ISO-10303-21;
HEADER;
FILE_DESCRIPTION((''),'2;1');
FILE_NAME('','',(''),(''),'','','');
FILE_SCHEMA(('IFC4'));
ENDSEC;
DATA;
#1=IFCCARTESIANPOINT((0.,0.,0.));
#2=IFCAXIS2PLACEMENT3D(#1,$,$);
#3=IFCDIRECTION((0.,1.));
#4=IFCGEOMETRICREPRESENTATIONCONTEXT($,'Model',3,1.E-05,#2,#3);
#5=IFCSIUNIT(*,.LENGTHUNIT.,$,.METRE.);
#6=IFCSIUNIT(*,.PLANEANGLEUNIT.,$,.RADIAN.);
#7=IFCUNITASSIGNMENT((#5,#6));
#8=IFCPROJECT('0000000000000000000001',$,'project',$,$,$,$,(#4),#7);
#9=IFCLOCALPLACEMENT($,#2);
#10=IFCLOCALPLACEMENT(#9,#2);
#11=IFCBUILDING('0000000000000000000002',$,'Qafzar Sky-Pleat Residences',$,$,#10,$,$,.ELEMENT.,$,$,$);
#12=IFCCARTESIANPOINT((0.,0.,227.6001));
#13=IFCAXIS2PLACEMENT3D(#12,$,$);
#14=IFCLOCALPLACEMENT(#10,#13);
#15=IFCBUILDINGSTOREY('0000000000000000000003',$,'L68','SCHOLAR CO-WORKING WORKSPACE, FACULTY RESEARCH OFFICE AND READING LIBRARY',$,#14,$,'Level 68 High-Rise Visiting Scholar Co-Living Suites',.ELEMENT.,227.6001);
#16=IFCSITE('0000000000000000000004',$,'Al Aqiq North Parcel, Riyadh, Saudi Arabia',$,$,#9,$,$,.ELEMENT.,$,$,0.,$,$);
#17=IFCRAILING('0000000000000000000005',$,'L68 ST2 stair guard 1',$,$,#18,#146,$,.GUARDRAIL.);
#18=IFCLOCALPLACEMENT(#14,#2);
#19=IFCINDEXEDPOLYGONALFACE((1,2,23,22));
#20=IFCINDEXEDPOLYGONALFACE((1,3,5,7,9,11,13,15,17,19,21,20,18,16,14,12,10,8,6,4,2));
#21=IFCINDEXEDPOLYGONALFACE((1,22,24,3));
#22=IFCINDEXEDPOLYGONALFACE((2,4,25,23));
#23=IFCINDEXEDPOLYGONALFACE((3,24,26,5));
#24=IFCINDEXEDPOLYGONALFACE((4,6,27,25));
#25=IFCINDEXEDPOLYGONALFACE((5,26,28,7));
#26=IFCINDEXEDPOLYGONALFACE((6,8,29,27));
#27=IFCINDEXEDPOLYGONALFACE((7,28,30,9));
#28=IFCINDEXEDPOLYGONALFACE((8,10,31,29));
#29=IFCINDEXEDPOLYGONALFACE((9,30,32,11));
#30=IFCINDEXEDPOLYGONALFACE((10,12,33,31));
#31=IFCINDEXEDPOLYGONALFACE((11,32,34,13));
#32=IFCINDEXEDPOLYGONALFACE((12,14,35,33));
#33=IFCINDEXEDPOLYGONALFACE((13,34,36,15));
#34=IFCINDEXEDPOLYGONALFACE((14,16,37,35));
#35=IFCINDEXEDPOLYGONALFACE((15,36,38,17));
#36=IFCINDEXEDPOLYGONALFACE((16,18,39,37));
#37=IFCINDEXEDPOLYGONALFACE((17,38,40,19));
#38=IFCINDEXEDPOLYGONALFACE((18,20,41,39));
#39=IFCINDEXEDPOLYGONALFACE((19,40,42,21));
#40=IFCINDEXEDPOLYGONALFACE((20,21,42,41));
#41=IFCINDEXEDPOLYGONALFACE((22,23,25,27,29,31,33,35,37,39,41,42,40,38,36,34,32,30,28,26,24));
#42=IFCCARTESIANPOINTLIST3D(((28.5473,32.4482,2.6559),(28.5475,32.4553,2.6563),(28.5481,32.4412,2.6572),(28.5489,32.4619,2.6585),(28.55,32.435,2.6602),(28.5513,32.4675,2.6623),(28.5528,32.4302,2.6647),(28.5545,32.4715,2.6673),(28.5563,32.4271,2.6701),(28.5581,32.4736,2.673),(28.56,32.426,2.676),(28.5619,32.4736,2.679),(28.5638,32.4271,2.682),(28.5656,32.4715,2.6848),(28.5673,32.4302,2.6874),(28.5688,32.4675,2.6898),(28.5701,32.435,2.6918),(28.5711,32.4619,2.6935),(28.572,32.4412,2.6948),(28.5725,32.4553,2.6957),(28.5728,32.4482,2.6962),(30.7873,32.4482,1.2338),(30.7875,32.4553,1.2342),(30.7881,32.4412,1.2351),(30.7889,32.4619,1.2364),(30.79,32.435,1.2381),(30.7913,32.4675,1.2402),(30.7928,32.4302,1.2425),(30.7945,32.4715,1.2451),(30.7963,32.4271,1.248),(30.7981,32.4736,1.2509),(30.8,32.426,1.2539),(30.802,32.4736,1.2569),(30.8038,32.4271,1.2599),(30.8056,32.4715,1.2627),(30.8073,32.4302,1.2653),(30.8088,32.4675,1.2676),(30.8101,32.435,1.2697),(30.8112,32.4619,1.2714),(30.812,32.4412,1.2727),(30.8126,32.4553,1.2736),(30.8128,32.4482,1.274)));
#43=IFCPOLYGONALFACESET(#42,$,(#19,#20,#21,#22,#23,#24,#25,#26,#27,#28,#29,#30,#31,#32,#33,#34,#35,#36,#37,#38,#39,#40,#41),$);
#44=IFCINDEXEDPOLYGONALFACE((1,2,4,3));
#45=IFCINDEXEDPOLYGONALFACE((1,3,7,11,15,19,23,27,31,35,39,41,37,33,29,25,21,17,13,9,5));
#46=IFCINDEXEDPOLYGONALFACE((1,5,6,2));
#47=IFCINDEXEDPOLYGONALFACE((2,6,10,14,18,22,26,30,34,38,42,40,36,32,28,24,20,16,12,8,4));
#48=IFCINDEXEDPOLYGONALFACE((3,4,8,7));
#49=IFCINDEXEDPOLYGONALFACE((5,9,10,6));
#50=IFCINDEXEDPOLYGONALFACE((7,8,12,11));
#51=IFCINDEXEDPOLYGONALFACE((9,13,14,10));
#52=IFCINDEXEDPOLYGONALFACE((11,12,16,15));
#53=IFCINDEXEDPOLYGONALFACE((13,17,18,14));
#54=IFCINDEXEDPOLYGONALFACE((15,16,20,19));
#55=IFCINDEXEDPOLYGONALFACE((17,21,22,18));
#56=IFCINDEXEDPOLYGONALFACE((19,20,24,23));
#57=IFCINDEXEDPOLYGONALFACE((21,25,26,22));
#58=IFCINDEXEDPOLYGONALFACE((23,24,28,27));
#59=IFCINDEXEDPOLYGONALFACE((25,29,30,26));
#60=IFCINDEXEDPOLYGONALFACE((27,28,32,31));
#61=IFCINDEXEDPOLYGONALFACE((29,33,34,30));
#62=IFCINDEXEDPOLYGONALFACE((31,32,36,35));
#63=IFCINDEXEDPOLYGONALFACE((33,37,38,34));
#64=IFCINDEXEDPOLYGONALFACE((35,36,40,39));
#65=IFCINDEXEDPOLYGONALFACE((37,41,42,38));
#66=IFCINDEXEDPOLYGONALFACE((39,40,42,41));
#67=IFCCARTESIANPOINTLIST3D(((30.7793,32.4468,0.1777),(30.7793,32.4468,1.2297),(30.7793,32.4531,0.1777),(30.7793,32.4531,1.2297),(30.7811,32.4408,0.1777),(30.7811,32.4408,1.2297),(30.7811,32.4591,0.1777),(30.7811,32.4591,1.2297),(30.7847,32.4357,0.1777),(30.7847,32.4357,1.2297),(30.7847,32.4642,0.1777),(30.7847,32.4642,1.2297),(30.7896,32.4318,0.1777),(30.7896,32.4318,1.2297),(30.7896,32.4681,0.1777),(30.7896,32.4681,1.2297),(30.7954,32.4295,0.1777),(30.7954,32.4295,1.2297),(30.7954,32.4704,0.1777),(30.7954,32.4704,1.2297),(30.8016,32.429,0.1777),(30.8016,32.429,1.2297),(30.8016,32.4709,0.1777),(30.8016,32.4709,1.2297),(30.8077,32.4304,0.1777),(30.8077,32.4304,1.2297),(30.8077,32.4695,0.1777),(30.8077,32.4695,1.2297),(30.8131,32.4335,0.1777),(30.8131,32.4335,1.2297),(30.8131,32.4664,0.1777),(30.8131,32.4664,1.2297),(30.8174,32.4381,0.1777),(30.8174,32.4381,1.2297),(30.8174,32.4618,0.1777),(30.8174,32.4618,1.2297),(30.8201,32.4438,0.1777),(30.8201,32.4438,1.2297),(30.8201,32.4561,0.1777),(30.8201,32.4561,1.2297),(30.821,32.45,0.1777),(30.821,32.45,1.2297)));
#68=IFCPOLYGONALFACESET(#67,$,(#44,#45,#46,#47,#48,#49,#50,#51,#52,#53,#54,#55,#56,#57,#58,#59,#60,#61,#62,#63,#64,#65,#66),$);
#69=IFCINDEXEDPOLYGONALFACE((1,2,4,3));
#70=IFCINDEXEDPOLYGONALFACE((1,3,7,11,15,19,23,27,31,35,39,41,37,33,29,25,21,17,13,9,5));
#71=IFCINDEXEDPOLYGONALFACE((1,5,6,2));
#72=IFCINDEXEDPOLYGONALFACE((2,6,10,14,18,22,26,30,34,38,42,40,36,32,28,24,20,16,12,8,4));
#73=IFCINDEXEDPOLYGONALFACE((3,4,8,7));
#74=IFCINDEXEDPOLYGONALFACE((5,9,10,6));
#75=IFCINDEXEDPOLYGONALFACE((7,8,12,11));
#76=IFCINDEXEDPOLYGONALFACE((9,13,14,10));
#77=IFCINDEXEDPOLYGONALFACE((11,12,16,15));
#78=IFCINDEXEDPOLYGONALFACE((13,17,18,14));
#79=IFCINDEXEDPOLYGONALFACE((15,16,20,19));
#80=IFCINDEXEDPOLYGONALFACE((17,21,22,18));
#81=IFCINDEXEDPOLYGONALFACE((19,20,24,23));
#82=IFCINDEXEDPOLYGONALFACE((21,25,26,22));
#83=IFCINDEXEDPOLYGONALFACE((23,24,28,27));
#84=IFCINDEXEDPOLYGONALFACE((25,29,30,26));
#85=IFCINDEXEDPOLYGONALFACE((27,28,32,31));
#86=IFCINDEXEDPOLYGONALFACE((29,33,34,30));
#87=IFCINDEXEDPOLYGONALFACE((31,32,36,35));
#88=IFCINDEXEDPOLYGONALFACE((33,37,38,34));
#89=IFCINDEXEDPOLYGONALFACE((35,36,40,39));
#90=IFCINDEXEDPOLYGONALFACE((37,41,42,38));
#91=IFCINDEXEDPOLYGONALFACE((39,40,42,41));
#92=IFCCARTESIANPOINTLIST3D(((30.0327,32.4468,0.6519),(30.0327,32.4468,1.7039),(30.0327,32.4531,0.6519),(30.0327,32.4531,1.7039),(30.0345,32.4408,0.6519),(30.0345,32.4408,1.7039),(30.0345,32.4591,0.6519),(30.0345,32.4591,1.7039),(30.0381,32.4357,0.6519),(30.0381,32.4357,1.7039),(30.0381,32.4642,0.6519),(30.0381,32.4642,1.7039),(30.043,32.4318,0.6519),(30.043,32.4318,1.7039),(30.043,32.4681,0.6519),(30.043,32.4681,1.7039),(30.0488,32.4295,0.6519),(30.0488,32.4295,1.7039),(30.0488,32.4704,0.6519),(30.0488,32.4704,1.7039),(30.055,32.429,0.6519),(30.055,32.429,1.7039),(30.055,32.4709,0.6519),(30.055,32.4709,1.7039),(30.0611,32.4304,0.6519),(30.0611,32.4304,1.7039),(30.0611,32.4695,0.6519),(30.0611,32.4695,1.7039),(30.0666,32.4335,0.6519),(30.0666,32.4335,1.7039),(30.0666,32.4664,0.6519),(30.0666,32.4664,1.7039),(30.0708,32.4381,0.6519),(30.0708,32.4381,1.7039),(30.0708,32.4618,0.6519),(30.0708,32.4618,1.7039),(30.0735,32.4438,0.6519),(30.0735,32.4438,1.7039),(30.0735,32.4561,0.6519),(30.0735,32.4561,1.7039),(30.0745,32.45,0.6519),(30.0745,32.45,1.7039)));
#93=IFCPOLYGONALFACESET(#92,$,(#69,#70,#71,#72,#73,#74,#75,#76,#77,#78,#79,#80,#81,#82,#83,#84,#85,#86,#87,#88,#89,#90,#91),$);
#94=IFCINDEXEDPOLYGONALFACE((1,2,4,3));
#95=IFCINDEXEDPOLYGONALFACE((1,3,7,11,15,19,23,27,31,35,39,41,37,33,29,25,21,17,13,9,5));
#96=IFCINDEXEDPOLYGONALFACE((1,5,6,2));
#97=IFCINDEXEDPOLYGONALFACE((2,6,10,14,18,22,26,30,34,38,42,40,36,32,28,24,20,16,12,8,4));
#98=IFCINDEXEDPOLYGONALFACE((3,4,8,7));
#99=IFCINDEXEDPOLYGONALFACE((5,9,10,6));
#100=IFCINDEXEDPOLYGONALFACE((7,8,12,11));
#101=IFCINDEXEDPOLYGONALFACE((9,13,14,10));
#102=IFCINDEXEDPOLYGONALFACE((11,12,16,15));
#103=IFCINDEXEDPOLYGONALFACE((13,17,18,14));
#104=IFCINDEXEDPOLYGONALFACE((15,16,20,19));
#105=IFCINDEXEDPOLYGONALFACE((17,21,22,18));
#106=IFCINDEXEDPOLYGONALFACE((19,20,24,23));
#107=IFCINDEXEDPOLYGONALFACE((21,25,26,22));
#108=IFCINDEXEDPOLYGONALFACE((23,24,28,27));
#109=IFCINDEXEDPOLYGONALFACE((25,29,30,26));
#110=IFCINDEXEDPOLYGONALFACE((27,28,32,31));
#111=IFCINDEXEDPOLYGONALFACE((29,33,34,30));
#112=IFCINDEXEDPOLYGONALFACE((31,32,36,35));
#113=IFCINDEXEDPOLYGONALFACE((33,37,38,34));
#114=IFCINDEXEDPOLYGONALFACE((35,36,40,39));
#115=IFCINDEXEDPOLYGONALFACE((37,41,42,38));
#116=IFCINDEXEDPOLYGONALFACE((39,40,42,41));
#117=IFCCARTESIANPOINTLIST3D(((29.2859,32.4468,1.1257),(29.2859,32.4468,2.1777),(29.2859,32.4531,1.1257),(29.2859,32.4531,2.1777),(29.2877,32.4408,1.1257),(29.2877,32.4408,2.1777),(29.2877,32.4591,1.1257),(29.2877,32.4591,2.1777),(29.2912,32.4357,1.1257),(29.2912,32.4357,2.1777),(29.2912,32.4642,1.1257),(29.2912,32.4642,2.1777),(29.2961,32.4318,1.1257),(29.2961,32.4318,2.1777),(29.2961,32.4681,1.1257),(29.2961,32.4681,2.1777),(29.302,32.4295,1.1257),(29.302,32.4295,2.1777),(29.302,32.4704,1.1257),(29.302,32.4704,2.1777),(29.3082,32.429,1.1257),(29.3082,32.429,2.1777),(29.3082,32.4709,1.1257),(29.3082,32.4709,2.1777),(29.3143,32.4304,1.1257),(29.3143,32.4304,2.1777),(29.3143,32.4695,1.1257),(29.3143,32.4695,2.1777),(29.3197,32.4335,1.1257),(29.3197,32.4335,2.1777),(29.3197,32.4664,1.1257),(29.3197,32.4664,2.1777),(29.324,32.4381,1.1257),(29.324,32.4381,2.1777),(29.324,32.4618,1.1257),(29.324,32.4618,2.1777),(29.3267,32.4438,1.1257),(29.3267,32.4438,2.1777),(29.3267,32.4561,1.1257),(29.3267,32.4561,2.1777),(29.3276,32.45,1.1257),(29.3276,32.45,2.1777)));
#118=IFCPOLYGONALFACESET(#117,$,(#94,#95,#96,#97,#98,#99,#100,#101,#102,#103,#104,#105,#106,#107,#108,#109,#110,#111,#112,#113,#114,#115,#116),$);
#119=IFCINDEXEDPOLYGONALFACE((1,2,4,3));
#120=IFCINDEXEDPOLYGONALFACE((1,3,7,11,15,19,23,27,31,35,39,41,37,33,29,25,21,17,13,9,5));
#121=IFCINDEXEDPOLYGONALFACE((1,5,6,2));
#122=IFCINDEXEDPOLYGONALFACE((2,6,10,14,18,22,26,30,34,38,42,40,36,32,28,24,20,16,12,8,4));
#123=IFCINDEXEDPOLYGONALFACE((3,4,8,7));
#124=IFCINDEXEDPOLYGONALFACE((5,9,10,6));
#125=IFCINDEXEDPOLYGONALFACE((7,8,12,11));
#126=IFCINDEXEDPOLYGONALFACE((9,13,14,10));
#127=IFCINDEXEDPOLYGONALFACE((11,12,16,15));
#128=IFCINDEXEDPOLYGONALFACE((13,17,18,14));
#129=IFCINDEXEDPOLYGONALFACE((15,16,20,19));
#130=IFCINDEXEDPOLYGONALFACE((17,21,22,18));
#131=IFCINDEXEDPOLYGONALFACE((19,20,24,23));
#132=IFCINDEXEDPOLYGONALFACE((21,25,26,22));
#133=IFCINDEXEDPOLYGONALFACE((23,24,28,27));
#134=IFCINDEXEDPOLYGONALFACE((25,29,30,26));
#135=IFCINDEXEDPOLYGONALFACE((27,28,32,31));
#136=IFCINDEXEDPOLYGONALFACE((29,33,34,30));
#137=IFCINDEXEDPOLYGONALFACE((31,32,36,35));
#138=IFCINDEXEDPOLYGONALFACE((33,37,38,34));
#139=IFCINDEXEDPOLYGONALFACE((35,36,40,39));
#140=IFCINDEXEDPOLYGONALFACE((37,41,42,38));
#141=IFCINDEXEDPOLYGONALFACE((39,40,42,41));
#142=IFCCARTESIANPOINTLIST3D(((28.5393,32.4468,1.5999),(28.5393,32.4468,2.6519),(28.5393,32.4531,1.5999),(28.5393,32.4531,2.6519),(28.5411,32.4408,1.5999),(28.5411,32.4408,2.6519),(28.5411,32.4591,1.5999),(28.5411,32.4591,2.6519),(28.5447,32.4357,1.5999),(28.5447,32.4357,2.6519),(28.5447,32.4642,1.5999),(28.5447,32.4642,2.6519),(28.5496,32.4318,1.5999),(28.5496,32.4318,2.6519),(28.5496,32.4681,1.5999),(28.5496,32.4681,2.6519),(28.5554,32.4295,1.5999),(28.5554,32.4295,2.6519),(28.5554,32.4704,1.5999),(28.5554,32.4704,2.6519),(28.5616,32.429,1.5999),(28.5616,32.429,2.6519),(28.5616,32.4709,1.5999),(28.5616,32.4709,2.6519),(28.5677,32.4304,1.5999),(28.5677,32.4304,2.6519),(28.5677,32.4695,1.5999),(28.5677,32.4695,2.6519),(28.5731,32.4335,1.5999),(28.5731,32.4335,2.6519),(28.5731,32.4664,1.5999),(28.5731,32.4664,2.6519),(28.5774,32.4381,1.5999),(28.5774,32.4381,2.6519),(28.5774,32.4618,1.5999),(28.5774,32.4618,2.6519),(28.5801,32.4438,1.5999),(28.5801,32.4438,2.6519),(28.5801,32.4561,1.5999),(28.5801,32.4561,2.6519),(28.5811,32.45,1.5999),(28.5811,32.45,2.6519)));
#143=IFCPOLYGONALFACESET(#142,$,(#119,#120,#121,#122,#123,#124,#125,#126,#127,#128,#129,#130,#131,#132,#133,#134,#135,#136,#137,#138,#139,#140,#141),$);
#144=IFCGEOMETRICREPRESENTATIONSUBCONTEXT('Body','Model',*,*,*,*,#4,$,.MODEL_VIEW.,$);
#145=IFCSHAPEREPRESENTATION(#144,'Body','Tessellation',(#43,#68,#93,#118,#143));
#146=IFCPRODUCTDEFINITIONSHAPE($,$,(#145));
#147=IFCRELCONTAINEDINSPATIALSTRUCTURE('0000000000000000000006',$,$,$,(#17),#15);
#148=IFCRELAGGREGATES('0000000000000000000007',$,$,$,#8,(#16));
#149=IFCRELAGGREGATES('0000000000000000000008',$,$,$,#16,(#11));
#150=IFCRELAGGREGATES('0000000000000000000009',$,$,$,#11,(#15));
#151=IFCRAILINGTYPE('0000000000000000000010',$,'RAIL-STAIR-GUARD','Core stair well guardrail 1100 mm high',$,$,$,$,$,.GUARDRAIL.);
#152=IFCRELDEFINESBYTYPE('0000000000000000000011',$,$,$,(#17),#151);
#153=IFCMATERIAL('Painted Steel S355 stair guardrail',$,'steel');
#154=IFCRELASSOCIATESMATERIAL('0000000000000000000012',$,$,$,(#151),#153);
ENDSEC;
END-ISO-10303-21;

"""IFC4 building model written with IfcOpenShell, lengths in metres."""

from ifc_helpers import new_model, si_unit, direction, frame, origin, origin_2d, place, context, subcontext, project, spatial, circle, extrude, source, transform, mapped, material, type_object, element, save


model = new_model("IFC4")

# Units and contexts
model_context = context("Model", 3, precision=1e-05, world=origin(), true_north=direction((0.0, 1.0)))
body_context = subcontext(model_context, "Body", "Model", "MODEL_VIEW")
ifc_project = project(units=[si_unit("LENGTHUNIT", "METRE"), si_unit("PLANEANGLEUNIT", "RADIAN")], contexts=[model_context])

# Site, building, storey
site_placement = place(None, origin())
site = spatial("IfcSite", under=ifc_project, at=site_placement, Name="Al Aqiq North Parcel, Riyadh, Saudi Arabia", CompositionType="ELEMENT", RefElevation=0.0)
building_placement = place(site_placement, origin())
building = spatial("IfcBuilding", under=site, at=building_placement, Name="Qafzar Sky-Pleat Residences", CompositionType="ELEMENT")
storey_placement = place(building_placement, frame((0.0, 0.0, 227.6001)))
storey = spatial("IfcBuildingStorey", under=building, at=storey_placement, Name="L68", Description="SCHOLAR CO-WORKING WORKSPACE, FACULTY RESEARCH OFFICE AND READING LIBRARY", LongName="Level 68 High-Rise Visiting Scholar Co-Living Suites", CompositionType="ELEMENT", Elevation=227.6001)

# Railing
ifc_material_1 = material(Name="Painted Steel S355 stair guardrail", Category="steel")
railing_type_1 = type_object("IfcRailingType", Name="RAIL-STAIR-GUARD", Description="Core stair well guardrail 1100 mm high", PredefinedType="GUARDRAIL", material=ifc_material_1)
shared_shape_1 = source(origin(), body_context, "Body", "SweptSolid", [
    extrude(circle(Radius=0.0239, at=origin_2d()), frame((0.0, 0.0, 1.0762), z_axis=(-0.844229, 0.0, 0.535982), x_axis=(0.0, -1.0, 0.0)), (0.0, 0.0, 1.0), 2.6533),
    extrude(circle(Radius=0.021, at=origin_2d()), origin(), (0.0, 0.0, 1.0), 1.052),
    extrude(circle(Radius=0.021, at=origin_2d()), frame((-0.7466, 0.0, 0.4741)), (0.0, 0.0, 1.0), 1.052),
    extrude(circle(Radius=0.021, at=origin_2d()), frame((-1.4934, 0.0, 0.948)), (0.0, 0.0, 1.0), 1.052),
    extrude(circle(Radius=0.021, at=origin_2d()), frame((-2.24, 0.0, 1.4221)), (0.0, 0.0, 1.0), 1.052),
])
railing_1_placement = place(storey_placement, frame((30.8, 32.45, 0.1777)))
element("IfcRailing", 1, at=railing_1_placement, inside=storey, type_object=railing_type_1, Name="L68 ST2 stair guard 1", PredefinedType="GUARDRAIL", context=body_context, shape_type="MappedRepresentation", body=[
    mapped(shared_shape_1, transform((0.0, 0.0, 0.0), x_axis=(1.0, 0.0, 0.0), y_axis=(0.0, 1.0, 0.0), z_axis=(0.0, 0.0, 1.0), scale=1.0)),
])

save(model, "model.ifc")
